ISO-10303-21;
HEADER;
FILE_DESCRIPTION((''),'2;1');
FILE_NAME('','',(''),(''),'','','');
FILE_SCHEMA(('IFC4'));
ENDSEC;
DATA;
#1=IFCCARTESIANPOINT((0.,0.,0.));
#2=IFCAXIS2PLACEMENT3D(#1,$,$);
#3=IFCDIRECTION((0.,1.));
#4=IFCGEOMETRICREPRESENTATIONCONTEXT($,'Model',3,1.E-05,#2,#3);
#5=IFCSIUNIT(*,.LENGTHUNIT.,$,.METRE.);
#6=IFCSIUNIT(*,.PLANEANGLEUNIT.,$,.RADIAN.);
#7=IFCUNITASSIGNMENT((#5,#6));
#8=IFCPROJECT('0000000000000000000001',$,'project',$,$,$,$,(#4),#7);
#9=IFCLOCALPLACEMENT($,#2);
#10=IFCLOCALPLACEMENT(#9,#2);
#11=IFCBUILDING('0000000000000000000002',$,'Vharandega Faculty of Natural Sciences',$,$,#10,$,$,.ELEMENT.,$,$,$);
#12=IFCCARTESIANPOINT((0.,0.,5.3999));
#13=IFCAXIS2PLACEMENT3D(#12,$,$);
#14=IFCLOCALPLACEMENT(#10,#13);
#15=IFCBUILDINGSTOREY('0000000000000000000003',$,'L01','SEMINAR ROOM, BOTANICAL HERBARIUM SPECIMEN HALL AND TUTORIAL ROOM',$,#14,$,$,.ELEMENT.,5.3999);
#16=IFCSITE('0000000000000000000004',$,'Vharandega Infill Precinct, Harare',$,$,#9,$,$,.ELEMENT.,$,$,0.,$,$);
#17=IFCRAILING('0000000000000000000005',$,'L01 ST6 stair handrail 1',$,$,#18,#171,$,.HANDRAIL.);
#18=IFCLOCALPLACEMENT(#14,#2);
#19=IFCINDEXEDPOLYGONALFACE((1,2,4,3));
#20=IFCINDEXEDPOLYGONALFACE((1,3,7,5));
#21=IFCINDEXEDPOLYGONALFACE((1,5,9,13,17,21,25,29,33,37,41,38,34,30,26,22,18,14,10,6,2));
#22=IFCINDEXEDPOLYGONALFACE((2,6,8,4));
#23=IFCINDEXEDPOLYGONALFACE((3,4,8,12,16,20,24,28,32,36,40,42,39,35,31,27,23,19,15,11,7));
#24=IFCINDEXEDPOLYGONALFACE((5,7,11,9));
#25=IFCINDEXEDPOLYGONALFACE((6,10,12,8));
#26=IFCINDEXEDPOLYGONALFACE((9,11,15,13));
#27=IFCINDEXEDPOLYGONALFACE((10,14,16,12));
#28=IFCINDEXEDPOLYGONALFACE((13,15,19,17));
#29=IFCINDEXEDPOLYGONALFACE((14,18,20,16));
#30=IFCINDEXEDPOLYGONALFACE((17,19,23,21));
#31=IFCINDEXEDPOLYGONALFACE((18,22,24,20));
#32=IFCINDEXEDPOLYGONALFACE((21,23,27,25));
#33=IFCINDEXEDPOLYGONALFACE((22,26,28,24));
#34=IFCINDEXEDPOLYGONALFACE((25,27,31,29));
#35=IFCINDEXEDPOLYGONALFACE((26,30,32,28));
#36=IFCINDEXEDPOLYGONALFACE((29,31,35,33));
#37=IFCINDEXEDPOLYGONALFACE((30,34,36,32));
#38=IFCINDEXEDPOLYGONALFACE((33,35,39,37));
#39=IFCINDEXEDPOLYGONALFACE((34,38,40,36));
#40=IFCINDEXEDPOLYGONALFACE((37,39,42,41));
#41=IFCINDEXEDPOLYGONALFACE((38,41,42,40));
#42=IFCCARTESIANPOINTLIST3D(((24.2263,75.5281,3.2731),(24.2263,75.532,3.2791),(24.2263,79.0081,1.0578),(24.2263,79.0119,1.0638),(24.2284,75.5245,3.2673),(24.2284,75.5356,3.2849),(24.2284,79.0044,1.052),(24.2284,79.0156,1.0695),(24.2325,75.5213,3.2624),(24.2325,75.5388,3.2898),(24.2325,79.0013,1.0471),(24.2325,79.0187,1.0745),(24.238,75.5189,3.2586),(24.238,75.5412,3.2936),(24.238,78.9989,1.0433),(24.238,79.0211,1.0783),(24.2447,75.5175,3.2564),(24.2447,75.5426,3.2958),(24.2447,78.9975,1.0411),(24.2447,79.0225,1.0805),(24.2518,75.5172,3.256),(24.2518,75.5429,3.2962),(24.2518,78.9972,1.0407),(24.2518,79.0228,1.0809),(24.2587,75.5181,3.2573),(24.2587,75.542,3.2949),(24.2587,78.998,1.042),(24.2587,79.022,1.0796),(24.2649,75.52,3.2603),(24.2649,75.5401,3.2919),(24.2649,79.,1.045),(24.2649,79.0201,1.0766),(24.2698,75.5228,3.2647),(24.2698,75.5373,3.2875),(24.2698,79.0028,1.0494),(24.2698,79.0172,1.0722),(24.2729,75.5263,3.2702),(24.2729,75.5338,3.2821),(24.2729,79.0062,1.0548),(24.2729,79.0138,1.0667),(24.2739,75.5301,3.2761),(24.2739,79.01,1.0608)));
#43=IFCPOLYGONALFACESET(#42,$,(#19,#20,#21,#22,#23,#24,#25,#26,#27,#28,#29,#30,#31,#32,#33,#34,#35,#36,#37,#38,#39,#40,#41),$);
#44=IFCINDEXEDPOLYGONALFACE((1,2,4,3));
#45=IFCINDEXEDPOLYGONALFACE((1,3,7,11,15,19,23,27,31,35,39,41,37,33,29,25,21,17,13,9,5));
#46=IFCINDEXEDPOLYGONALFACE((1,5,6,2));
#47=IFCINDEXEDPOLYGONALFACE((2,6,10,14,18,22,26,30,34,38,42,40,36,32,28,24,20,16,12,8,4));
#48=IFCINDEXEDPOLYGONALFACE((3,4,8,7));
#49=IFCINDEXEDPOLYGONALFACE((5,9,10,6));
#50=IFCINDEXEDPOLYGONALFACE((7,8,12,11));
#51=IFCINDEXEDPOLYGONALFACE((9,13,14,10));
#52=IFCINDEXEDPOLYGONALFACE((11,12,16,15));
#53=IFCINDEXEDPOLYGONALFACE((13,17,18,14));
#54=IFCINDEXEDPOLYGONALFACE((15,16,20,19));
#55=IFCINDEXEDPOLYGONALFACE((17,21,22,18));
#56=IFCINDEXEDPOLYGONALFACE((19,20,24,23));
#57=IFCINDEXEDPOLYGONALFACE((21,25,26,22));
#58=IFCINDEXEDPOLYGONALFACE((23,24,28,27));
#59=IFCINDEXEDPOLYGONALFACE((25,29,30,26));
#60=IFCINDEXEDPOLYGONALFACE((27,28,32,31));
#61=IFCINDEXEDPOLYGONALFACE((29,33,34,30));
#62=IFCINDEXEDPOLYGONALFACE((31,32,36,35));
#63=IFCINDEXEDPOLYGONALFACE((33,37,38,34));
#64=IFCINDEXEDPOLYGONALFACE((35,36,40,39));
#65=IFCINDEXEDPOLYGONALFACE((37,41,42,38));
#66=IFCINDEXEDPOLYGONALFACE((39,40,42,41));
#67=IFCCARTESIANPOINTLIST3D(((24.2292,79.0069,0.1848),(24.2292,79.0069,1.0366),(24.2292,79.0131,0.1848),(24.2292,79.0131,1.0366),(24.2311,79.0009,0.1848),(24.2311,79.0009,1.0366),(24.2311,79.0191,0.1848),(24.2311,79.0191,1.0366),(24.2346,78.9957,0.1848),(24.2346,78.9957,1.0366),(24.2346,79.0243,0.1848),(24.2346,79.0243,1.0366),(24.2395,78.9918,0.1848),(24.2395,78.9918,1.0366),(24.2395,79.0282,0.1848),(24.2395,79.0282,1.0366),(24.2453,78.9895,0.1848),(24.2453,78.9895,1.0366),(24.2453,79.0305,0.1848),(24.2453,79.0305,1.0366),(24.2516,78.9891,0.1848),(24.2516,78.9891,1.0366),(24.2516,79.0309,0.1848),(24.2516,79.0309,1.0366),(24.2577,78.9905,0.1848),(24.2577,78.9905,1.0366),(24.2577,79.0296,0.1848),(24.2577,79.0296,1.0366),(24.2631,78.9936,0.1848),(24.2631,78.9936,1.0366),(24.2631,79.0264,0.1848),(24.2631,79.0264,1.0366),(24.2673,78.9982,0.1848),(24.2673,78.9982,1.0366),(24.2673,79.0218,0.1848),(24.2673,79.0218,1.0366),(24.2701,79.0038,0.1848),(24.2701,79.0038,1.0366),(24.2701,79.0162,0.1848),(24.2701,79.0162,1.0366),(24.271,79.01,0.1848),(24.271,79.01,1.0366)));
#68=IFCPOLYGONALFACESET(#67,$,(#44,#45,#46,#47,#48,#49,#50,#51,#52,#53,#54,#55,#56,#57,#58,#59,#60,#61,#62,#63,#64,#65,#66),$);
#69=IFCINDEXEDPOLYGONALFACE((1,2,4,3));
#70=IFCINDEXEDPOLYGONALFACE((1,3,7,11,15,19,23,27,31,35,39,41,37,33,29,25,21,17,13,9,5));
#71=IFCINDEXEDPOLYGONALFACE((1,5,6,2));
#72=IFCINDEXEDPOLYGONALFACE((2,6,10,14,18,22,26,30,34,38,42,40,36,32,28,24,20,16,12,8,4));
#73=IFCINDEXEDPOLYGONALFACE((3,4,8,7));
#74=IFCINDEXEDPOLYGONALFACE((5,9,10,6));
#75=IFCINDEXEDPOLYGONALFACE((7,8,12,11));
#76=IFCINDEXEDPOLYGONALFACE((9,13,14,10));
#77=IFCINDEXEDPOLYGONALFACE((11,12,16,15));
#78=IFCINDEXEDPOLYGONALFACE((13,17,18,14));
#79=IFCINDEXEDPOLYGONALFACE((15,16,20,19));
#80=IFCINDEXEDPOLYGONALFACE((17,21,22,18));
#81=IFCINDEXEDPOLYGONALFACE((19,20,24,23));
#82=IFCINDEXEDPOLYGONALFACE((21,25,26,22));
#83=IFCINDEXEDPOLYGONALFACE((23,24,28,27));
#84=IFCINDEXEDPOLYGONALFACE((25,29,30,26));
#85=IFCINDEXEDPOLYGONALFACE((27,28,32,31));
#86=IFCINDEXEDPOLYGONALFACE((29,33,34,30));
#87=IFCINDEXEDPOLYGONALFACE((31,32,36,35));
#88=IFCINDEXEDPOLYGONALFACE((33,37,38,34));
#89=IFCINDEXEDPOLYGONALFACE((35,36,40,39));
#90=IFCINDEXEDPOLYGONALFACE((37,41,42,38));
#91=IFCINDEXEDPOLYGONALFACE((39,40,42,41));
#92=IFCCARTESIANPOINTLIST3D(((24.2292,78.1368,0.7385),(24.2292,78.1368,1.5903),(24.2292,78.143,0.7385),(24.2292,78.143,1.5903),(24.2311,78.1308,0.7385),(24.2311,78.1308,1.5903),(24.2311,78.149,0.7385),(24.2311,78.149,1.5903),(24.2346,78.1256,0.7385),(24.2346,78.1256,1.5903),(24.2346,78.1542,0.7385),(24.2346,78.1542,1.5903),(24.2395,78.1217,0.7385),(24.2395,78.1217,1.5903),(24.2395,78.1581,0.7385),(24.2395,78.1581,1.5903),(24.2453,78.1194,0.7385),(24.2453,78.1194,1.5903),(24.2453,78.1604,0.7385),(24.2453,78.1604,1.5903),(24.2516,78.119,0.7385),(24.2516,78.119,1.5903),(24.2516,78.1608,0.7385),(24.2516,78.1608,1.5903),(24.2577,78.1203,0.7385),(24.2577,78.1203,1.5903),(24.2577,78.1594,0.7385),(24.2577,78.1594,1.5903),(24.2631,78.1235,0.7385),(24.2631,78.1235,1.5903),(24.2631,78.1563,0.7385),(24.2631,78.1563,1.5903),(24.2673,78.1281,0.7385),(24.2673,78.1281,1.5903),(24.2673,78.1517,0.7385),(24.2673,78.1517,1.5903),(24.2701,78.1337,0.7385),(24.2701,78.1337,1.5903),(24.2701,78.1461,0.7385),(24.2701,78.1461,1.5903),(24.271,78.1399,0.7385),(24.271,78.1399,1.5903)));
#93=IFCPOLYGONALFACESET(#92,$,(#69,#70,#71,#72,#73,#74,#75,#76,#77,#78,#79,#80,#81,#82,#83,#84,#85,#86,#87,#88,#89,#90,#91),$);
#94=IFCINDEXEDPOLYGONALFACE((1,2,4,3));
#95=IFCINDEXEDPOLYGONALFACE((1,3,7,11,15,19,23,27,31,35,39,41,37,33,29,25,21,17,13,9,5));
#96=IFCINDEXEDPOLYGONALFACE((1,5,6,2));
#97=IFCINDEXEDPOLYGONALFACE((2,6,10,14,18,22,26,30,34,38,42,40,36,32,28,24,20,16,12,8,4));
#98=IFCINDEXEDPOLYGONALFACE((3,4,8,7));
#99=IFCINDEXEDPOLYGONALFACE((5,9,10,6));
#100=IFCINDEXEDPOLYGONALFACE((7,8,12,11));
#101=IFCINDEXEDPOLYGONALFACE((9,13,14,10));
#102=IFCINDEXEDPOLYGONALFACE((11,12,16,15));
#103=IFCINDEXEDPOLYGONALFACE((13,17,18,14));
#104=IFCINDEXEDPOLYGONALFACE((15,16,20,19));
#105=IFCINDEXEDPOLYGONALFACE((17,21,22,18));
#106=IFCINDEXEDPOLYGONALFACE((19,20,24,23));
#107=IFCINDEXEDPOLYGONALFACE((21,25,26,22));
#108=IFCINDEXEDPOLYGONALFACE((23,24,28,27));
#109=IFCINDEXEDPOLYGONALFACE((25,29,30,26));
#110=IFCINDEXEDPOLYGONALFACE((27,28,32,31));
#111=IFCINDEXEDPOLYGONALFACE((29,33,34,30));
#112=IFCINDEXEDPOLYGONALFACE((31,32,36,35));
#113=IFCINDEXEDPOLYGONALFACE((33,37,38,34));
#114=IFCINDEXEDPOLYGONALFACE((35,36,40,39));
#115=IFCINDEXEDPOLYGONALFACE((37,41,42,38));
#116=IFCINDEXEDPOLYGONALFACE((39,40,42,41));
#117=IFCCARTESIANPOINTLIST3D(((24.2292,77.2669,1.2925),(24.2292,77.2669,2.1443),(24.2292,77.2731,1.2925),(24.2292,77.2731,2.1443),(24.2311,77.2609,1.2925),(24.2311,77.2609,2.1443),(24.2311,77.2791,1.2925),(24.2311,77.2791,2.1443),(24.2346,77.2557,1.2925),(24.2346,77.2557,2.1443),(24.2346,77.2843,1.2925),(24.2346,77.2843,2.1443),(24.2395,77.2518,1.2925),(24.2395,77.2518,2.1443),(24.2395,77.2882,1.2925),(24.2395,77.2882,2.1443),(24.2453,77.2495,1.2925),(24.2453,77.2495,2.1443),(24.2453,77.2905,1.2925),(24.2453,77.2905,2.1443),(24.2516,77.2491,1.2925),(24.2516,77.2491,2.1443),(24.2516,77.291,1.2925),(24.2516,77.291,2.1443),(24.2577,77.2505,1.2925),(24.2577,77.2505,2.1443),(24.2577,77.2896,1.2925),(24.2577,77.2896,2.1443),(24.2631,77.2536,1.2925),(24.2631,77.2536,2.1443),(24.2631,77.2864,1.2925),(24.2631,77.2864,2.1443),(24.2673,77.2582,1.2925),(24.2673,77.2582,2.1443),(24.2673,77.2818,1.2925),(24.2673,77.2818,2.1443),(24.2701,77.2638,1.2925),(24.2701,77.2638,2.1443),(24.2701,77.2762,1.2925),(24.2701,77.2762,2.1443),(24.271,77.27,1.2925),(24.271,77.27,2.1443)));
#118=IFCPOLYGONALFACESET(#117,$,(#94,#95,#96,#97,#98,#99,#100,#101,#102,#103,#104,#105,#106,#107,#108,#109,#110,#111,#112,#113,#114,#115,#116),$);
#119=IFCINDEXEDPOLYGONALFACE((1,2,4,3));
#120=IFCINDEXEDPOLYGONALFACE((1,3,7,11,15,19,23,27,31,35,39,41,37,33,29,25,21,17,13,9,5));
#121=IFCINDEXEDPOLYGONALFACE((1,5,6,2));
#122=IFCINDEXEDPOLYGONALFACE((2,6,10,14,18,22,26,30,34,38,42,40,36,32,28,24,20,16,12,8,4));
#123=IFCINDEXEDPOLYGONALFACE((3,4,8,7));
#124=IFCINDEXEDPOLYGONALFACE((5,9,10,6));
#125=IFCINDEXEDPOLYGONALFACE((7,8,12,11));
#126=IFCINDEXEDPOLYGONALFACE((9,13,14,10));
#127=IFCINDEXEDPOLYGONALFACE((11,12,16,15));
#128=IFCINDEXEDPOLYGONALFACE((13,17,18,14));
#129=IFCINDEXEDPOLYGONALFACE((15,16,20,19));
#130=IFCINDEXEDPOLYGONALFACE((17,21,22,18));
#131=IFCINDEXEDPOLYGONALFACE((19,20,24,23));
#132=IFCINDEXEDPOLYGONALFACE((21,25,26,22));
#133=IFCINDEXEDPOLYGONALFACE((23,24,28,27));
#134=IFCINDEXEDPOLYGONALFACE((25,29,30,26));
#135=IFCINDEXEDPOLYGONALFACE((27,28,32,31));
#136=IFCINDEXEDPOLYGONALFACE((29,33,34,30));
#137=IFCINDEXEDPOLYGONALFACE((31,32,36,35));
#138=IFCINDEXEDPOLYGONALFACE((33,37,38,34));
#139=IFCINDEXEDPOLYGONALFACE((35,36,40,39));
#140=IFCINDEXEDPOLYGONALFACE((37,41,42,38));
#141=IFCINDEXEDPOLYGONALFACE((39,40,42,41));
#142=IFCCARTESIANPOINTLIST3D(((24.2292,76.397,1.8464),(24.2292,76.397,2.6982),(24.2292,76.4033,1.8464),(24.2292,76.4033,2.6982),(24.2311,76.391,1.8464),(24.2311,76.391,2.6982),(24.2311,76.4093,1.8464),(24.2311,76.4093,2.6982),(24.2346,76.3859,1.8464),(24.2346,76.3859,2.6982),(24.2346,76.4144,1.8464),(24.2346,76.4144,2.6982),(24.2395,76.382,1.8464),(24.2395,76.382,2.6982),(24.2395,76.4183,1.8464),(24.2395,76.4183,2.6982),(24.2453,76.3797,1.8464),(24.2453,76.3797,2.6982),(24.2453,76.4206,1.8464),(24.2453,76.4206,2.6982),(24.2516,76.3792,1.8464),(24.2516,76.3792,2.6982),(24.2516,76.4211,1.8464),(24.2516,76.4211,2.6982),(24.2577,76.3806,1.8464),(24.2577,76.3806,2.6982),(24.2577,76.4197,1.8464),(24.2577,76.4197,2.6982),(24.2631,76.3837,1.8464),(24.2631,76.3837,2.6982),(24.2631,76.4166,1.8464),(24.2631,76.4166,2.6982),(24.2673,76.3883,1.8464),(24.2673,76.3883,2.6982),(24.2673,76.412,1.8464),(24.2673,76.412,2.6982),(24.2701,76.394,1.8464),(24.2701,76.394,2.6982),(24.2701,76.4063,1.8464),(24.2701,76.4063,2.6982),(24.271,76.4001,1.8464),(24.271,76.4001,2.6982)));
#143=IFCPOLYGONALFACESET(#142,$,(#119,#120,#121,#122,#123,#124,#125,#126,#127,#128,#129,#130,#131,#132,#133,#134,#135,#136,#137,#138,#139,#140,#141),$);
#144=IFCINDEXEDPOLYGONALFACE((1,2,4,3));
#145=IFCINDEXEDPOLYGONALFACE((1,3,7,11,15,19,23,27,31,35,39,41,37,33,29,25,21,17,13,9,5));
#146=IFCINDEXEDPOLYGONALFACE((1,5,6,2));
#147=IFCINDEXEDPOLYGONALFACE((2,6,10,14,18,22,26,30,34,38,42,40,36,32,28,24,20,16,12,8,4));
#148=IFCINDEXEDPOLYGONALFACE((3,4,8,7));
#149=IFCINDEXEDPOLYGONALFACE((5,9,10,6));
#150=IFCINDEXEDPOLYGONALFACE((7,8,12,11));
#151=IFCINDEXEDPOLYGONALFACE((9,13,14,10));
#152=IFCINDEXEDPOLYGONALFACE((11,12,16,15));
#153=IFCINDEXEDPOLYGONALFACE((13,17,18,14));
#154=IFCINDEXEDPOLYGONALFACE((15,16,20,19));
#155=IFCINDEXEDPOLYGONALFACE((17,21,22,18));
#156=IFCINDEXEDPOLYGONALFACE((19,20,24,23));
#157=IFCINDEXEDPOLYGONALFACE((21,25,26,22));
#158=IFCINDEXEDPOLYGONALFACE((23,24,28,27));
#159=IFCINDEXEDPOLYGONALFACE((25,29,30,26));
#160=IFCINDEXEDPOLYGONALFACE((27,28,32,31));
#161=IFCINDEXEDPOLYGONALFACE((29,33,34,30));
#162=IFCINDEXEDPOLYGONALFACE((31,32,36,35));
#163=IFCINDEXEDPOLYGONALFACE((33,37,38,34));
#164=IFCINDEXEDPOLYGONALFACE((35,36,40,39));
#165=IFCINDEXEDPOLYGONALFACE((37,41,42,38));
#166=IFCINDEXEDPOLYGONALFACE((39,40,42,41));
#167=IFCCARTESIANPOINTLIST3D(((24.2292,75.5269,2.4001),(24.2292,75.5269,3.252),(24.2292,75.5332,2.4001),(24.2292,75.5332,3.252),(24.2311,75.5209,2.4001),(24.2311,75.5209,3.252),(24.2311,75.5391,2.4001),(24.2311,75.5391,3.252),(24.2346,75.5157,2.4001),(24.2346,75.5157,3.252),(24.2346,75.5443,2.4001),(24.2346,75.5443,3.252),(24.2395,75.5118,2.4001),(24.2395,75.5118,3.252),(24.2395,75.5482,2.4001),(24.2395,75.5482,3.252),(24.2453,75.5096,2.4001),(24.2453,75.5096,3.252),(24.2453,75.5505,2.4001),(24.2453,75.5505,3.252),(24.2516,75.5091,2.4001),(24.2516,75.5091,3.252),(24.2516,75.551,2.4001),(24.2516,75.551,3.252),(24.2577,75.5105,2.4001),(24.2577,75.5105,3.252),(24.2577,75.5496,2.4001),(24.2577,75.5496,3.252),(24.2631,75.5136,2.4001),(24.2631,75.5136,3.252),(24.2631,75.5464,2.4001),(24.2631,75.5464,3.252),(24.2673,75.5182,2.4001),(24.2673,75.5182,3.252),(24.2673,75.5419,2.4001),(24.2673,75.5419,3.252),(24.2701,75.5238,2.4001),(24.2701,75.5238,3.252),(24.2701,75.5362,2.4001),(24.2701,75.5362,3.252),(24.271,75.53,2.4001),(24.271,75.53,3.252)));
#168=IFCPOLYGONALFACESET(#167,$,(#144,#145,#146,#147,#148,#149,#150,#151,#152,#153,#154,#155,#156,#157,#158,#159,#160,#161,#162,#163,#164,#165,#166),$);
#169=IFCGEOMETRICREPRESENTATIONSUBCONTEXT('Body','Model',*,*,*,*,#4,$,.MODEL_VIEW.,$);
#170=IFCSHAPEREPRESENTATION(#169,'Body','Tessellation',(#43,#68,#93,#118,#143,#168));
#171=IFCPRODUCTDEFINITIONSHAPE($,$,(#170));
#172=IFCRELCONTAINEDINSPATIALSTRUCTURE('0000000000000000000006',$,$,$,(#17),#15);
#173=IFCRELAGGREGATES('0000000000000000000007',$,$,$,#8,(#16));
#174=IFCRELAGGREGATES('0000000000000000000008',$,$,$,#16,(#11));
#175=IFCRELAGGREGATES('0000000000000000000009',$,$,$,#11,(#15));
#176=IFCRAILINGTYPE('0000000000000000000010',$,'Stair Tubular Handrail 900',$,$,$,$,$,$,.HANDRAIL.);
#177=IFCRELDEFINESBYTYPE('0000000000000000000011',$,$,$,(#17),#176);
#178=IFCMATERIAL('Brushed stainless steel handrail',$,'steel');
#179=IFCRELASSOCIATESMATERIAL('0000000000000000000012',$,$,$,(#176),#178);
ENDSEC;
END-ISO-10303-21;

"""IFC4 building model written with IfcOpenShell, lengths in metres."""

from ifc_helpers import new_model, si_unit, direction, frame, origin, origin_2d, place, context, subcontext, project, spatial, circle, extrude, material, type_object, element, save


model = new_model("IFC4")

# Units and contexts
model_context = context("Model", 3, precision=1e-05, world=origin(), true_north=direction((0.0, 1.0)))
body_context = subcontext(model_context, "Body", "Model", "MODEL_VIEW")
ifc_project = project(units=[si_unit("LENGTHUNIT", "METRE"), si_unit("PLANEANGLEUNIT", "RADIAN")], contexts=[model_context])

# Site, building, storey
site_placement = place(None, origin())
site = spatial("IfcSite", under=ifc_project, at=site_placement, Name="Vharandega Infill Precinct, Harare", CompositionType="ELEMENT", RefElevation=0.0)
building_placement = place(site_placement, origin())
building = spatial("IfcBuilding", under=site, at=building_placement, Name="Vharandega Faculty of Natural Sciences", CompositionType="ELEMENT")
storey_placement = place(building_placement, frame((0.0, 0.0, 5.3999)))
storey = spatial("IfcBuildingStorey", under=building, at=storey_placement, Name="L01", Description="SEMINAR ROOM, BOTANICAL HERBARIUM SPECIMEN HALL AND TUTORIAL ROOM", CompositionType="ELEMENT", Elevation=5.3999)

# Railing
ifc_material_1 = material(Name="Brushed stainless steel handrail", Category="steel")
railing_type_1 = type_object("IfcRailingType", Name="Stair Tubular Handrail 900", PredefinedType="HANDRAIL", material=ifc_material_1)
railing_1_placement = place(storey_placement, frame((24.25, 79.01, 0.1848)))
element("IfcRailing", 1, at=railing_1_placement, inside=storey, type_object=railing_type_1, Name="L01 ST6 stair handrail 1", PredefinedType="HANDRAIL", context=body_context, shape_type="SweptSolid", body=[
    extrude(circle(Radius=0.0239, at=origin_2d()), frame((0.0, 0.0, 0.876), z_axis=(0.0, -0.843574, 0.537013), x_axis=(1.0, 0.0, 0.0)), (0.0, 0.0, 1.0), 4.1252),
    extrude(circle(Radius=0.021, at=origin_2d()), origin(), (0.0, 0.0, 1.0), 0.8518),
    extrude(circle(Radius=0.021, at=origin_2d()), frame((0.0, -0.8701, 0.5537)), (0.0, 0.0, 1.0), 0.8518),
    extrude(circle(Radius=0.021, at=origin_2d()), frame((0.0, -1.74, 1.1077)), (0.0, 0.0, 1.0), 0.8518),
    extrude(circle(Radius=0.021, at=origin_2d()), frame((0.0, -2.6099, 1.6616)), (0.0, 0.0, 1.0), 0.8518),
    extrude(circle(Radius=0.021, at=origin_2d()), frame((0.0, -3.48, 2.2153)), (0.0, 0.0, 1.0), 0.8518),
])

save(model, "model.ifc")
